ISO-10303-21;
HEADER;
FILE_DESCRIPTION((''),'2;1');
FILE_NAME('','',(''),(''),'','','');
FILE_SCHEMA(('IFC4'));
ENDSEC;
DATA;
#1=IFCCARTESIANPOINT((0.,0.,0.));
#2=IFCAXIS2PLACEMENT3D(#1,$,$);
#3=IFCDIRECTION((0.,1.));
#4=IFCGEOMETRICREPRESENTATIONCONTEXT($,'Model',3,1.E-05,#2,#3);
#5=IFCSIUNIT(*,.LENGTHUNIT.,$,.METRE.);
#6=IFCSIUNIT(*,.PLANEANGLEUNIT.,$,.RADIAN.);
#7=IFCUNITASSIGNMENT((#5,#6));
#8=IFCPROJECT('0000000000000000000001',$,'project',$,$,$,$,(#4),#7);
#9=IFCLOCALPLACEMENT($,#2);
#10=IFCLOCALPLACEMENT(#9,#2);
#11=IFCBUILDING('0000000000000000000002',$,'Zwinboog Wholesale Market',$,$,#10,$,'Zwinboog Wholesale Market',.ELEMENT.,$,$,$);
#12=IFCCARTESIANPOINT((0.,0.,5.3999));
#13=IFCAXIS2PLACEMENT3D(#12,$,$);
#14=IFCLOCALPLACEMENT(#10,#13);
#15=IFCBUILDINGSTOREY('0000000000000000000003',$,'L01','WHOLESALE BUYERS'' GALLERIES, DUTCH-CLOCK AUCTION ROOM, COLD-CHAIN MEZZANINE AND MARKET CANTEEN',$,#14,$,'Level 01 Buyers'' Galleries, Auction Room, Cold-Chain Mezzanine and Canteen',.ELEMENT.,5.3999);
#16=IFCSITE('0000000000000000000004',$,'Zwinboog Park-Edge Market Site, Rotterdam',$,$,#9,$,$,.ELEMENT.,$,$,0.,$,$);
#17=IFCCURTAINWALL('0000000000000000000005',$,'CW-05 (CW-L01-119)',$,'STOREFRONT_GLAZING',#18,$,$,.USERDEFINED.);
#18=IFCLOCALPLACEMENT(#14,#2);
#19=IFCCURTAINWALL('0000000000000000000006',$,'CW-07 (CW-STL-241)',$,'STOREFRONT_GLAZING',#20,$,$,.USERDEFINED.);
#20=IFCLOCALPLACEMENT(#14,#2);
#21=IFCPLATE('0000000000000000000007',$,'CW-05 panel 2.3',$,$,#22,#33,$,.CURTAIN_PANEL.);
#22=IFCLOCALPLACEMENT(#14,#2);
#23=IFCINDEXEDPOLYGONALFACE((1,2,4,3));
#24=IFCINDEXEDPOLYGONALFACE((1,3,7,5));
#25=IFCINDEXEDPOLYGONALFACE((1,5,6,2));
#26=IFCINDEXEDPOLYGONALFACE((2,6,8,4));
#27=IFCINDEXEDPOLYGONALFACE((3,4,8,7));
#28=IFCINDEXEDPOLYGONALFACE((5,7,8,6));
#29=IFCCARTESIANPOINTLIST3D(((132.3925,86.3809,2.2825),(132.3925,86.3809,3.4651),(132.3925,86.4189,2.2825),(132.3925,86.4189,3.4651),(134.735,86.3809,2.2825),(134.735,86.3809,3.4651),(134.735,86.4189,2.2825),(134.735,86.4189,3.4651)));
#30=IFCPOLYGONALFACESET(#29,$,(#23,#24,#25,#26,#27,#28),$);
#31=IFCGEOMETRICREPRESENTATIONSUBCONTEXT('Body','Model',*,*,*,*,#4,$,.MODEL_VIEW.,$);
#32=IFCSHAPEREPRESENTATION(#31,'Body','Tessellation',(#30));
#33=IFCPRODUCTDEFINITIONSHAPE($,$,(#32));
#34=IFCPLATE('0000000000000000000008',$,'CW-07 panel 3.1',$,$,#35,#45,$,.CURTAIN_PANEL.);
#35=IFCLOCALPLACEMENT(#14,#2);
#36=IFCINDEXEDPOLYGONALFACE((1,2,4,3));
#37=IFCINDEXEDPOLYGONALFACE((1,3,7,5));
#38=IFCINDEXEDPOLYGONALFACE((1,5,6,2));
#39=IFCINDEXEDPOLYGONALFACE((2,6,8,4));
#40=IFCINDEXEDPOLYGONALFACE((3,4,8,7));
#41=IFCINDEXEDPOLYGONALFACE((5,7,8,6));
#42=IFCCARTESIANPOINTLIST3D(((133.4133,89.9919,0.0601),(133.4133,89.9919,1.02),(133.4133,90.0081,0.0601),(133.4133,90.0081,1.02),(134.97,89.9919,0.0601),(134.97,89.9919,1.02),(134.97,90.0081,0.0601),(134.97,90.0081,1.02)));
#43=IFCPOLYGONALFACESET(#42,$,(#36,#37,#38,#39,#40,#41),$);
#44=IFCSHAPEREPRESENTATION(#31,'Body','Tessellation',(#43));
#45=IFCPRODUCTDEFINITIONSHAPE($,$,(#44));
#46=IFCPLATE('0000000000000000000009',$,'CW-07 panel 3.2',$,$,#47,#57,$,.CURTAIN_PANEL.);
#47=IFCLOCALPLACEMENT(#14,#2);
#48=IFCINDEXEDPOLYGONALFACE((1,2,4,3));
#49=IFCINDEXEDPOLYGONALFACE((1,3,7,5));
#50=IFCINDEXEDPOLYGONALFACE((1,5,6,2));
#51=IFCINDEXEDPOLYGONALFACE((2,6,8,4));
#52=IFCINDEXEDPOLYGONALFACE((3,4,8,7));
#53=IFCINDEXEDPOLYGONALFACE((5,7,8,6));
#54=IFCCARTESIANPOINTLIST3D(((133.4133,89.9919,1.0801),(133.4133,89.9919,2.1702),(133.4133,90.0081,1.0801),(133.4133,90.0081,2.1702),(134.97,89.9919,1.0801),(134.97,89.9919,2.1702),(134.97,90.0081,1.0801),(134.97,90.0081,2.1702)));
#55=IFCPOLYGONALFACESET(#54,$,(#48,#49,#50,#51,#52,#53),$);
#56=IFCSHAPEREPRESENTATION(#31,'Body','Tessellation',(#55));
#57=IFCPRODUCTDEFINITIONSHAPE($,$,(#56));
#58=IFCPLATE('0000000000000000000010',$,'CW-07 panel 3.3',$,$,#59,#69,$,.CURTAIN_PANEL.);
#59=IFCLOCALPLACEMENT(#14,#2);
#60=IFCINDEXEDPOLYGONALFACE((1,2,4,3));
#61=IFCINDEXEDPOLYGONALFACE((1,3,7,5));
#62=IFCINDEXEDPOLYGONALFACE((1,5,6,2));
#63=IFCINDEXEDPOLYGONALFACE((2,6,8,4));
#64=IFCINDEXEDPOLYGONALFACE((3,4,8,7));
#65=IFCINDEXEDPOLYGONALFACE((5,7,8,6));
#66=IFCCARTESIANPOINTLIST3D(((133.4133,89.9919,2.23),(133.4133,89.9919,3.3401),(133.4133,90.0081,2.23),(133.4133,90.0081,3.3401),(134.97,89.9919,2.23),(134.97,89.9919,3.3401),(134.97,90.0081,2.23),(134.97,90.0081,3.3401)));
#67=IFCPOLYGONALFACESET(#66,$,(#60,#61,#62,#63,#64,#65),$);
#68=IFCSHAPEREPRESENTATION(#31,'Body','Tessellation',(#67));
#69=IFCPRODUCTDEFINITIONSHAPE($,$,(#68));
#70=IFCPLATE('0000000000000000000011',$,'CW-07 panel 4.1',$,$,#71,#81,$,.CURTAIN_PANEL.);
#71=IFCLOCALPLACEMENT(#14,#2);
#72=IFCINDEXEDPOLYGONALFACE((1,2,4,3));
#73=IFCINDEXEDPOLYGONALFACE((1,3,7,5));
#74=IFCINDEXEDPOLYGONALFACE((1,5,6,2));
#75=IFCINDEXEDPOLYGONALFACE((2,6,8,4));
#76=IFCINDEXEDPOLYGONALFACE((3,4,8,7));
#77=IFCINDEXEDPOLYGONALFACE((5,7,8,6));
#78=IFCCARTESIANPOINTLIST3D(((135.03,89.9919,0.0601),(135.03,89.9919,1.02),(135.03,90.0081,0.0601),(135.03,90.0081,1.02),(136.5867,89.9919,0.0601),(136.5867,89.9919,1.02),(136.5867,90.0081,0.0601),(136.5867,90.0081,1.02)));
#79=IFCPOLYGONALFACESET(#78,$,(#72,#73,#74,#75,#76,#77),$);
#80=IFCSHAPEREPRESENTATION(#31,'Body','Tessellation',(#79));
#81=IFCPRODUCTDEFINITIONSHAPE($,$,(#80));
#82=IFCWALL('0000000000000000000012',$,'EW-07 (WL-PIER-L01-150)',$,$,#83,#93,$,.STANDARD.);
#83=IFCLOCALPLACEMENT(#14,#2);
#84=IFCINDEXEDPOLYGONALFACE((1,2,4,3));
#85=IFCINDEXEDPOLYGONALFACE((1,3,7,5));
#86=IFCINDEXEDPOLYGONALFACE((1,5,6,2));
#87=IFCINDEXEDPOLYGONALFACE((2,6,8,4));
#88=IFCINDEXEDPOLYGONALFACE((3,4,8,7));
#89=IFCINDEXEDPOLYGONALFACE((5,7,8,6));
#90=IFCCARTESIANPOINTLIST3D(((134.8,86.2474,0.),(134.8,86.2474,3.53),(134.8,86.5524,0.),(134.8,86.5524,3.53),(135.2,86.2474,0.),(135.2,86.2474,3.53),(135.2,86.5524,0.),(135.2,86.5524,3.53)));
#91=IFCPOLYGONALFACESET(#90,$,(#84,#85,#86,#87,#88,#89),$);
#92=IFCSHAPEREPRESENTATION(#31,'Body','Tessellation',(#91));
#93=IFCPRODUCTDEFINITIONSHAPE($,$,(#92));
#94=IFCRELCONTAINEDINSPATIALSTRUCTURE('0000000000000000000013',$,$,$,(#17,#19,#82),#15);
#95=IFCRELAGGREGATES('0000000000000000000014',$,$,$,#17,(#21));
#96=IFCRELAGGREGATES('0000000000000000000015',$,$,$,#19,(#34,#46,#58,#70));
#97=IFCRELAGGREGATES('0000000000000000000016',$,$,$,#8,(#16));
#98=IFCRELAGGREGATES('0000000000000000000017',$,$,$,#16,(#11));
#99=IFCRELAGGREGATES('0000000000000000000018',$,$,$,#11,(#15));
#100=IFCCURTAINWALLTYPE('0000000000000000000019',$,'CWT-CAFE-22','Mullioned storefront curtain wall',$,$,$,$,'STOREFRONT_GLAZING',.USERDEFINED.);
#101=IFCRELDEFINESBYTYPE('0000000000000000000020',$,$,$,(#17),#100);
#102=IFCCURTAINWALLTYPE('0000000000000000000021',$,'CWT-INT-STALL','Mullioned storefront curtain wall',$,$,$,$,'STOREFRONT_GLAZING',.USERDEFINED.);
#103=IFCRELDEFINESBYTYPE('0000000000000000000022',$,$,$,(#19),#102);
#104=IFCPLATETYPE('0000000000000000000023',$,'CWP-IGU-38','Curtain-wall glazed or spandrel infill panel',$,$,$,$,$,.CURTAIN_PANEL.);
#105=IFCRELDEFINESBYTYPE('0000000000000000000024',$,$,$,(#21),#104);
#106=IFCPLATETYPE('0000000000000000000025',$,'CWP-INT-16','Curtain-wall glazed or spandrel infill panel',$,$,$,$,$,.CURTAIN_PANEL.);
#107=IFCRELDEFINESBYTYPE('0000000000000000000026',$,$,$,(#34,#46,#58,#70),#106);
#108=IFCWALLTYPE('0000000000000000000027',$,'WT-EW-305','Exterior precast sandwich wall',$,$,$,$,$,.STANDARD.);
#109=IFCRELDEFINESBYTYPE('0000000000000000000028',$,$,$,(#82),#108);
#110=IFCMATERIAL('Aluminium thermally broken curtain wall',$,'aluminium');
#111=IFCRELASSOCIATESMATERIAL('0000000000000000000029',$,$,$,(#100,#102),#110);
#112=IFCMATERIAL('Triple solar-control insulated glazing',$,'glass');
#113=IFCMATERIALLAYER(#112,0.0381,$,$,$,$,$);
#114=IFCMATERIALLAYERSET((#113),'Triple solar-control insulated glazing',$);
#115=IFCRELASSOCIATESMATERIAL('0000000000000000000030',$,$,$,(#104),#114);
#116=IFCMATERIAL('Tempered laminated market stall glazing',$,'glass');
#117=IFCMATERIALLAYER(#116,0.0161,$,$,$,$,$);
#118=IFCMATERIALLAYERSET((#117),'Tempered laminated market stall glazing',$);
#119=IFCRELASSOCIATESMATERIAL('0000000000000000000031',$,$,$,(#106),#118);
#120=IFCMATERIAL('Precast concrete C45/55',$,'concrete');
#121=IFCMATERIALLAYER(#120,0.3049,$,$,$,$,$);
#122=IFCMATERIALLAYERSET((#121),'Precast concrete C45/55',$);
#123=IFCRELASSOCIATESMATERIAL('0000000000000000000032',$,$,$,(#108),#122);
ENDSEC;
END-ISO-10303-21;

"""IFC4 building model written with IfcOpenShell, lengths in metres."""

from ifc_helpers import new_model, si_unit, direction, frame, frame_2d, origin, origin_2d, place, context, subcontext, project, spatial, rectangle, extrude, material, layer, layer_set, type_object, element, aggregate, save


model = new_model("IFC4")

# Units and contexts
model_context = context("Model", 3, precision=1e-05, world=origin(), true_north=direction((0.0, 1.0)))
body_context = subcontext(model_context, "Body", "Model", "MODEL_VIEW")
ifc_project = project(units=[si_unit("LENGTHUNIT", "METRE"), si_unit("PLANEANGLEUNIT", "RADIAN")], contexts=[model_context])

# Site, building, storey
site_placement = place(None, origin())
site = spatial("IfcSite", under=ifc_project, at=site_placement, Name="Zwinboog Park-Edge Market Site, Rotterdam", CompositionType="ELEMENT", RefElevation=0.0)
building_placement = place(site_placement, origin())
building = spatial("IfcBuilding", under=site, at=building_placement, Name="Zwinboog Wholesale Market", LongName="Zwinboog Wholesale Market", CompositionType="ELEMENT")
storey_placement = place(building_placement, frame((0.0, 0.0, 5.3999)))
storey = spatial("IfcBuildingStorey", under=building, at=storey_placement, Name="L01", Description="WHOLESALE BUYERS' GALLERIES, DUTCH-CLOCK AUCTION ROOM, COLD-CHAIN MEZZANINE AND MARKET CANTEEN", LongName="Level 01 Buyers' Galleries, Auction Room, Cold-Chain Mezzanine and Canteen", CompositionType="ELEMENT", Elevation=5.3999)

# Curtain wall
ifc_material_1 = material(Name="Aluminium thermally broken curtain wall", Category="aluminium")
curtain_wall_type_1 = type_object("IfcCurtainWallType", Name="CWT-CAFE-22", Description="Mullioned storefront curtain wall", ElementType="STOREFRONT_GLAZING", PredefinedType="USERDEFINED", material=ifc_material_1)
curtain_wall_1_placement = place(storey_placement, origin())
curtain_wall_1 = element("IfcCurtainWall", 1, at=curtain_wall_1_placement, inside=storey, type_object=curtain_wall_type_1, Name="CW-05 (CW-L01-119)", ObjectType="STOREFRONT_GLAZING", PredefinedType="USERDEFINED")

# Curtain wall
curtain_wall_type_2 = type_object("IfcCurtainWallType", Name="CWT-INT-STALL", Description="Mullioned storefront curtain wall", ElementType="STOREFRONT_GLAZING", PredefinedType="USERDEFINED", material=ifc_material_1)
curtain_wall_2_placement = place(storey_placement, origin())
curtain_wall_2 = element("IfcCurtainWall", 2, at=curtain_wall_2_placement, inside=storey, type_object=curtain_wall_type_2, Name="CW-07 (CW-STL-241)", ObjectType="STOREFRONT_GLAZING", PredefinedType="USERDEFINED")

# Plates
ifc_material_2 = material(Name="Triple solar-control insulated glazing", Category="glass")
ifc_layer_1 = layer(ifc_material_2, 0.0381)
ifc_layer_set_1 = layer_set([ifc_layer_1], Name="Triple solar-control insulated glazing")
plate_type_1 = type_object("IfcPlateType", Name="CWP-IGU-38", Description="Curtain-wall glazed or spandrel infill panel", PredefinedType="CURTAIN_PANEL", material=ifc_layer_set_1)
plate_1_placement = place(storey_placement, frame((133.5637, 86.3999, 2.2825), z_axis=(0.0, 0.0, 1.0), x_axis=(1.0, 0.0, 0.0)))
plate_1 = element("IfcPlate", 3, at=plate_1_placement, type_object=plate_type_1, Name="CW-05 panel 2.3", PredefinedType="CURTAIN_PANEL", context=body_context, shape_type="SweptSolid", body=[
    extrude(rectangle(XDim=2.3425, YDim=0.0381, at=origin_2d()), origin(), (0.0, 0.0, 1.0), 1.1826),
])
aggregate(curtain_wall_1, [plate_1])
ifc_material_3 = material(Name="Tempered laminated market stall glazing", Category="glass")
ifc_layer_2 = layer(ifc_material_3, 0.0161)
ifc_layer_set_2 = layer_set([ifc_layer_2], Name="Tempered laminated market stall glazing")
plate_type_2 = type_object("IfcPlateType", Name="CWP-INT-16", Description="Curtain-wall glazed or spandrel infill panel", PredefinedType="CURTAIN_PANEL", material=ifc_layer_set_2)
plate_2_placement = place(storey_placement, frame((134.1917, 90.0, 0.0601), z_axis=(0.0, 0.0, 1.0), x_axis=(1.0, 0.0, 0.0)))
plate_2 = element("IfcPlate", 4, at=plate_2_placement, type_object=plate_type_2, Name="CW-07 panel 3.1", PredefinedType="CURTAIN_PANEL", context=body_context, shape_type="SweptSolid", body=[
    extrude(rectangle(XDim=1.5566, YDim=0.0161, at=origin_2d()), origin(), (0.0, 0.0, 1.0), 0.96),
])
plate_3_placement = place(storey_placement, frame((134.1917, 90.0, 1.0801), z_axis=(0.0, 0.0, 1.0), x_axis=(1.0, 0.0, 0.0)))
plate_3 = element("IfcPlate", 5, at=plate_3_placement, type_object=plate_type_2, Name="CW-07 panel 3.2", PredefinedType="CURTAIN_PANEL", context=body_context, shape_type="SweptSolid", body=[
    extrude(rectangle(XDim=1.5566, YDim=0.0161, at=origin_2d()), origin(), (0.0, 0.0, 1.0), 1.0901),
])
plate_4_placement = place(storey_placement, frame((134.1917, 90.0, 2.23), z_axis=(0.0, 0.0, 1.0), x_axis=(1.0, 0.0, 0.0)))
plate_4 = element("IfcPlate", 6, at=plate_4_placement, type_object=plate_type_2, Name="CW-07 panel 3.3", PredefinedType="CURTAIN_PANEL", context=body_context, shape_type="SweptSolid", body=[
    extrude(rectangle(XDim=1.5566, YDim=0.0161, at=origin_2d()), origin(), (0.0, 0.0, 1.0), 1.1101),
])
plate_5_placement = place(storey_placement, frame((135.8083, 90.0, 0.0601), z_axis=(0.0, 0.0, 1.0), x_axis=(1.0, 0.0, 0.0)))
plate_5 = element("IfcPlate", 7, at=plate_5_placement, type_object=plate_type_2, Name="CW-07 panel 4.1", PredefinedType="CURTAIN_PANEL", context=body_context, shape_type="SweptSolid", body=[
    extrude(rectangle(XDim=1.5566, YDim=0.0161, at=origin_2d()), origin(), (0.0, 0.0, 1.0), 0.96),
])
aggregate(curtain_wall_2, [plate_2, plate_3, plate_4, plate_5])

# Wall
ifc_material_4 = material(Name="Precast concrete C45/55", Category="concrete")
ifc_layer_3 = layer(ifc_material_4, 0.3049)
ifc_layer_set_3 = layer_set([ifc_layer_3], Name="Precast concrete C45/55")
wall_type = type_object("IfcWallType", Name="WT-EW-305", Description="Exterior precast sandwich wall", PredefinedType="STANDARD", material=ifc_layer_set_3)
wall_placement = place(storey_placement, frame((134.8, 86.3999, 0.0), z_axis=(0.0, 0.0, 1.0), x_axis=(1.0, 0.0, 0.0)))
element("IfcWall", 8, at=wall_placement, inside=storey, type_object=wall_type, Name="EW-07 (WL-PIER-L01-150)", PredefinedType="STANDARD", context=body_context, shape_type="SweptSolid", body=[
    extrude(rectangle(XDim=0.3999, YDim=0.3049, at=frame_2d((0.2, 0.0))), origin(), (0.0, 0.0, 1.0), 3.53),
])

save(model, "model.ifc")
